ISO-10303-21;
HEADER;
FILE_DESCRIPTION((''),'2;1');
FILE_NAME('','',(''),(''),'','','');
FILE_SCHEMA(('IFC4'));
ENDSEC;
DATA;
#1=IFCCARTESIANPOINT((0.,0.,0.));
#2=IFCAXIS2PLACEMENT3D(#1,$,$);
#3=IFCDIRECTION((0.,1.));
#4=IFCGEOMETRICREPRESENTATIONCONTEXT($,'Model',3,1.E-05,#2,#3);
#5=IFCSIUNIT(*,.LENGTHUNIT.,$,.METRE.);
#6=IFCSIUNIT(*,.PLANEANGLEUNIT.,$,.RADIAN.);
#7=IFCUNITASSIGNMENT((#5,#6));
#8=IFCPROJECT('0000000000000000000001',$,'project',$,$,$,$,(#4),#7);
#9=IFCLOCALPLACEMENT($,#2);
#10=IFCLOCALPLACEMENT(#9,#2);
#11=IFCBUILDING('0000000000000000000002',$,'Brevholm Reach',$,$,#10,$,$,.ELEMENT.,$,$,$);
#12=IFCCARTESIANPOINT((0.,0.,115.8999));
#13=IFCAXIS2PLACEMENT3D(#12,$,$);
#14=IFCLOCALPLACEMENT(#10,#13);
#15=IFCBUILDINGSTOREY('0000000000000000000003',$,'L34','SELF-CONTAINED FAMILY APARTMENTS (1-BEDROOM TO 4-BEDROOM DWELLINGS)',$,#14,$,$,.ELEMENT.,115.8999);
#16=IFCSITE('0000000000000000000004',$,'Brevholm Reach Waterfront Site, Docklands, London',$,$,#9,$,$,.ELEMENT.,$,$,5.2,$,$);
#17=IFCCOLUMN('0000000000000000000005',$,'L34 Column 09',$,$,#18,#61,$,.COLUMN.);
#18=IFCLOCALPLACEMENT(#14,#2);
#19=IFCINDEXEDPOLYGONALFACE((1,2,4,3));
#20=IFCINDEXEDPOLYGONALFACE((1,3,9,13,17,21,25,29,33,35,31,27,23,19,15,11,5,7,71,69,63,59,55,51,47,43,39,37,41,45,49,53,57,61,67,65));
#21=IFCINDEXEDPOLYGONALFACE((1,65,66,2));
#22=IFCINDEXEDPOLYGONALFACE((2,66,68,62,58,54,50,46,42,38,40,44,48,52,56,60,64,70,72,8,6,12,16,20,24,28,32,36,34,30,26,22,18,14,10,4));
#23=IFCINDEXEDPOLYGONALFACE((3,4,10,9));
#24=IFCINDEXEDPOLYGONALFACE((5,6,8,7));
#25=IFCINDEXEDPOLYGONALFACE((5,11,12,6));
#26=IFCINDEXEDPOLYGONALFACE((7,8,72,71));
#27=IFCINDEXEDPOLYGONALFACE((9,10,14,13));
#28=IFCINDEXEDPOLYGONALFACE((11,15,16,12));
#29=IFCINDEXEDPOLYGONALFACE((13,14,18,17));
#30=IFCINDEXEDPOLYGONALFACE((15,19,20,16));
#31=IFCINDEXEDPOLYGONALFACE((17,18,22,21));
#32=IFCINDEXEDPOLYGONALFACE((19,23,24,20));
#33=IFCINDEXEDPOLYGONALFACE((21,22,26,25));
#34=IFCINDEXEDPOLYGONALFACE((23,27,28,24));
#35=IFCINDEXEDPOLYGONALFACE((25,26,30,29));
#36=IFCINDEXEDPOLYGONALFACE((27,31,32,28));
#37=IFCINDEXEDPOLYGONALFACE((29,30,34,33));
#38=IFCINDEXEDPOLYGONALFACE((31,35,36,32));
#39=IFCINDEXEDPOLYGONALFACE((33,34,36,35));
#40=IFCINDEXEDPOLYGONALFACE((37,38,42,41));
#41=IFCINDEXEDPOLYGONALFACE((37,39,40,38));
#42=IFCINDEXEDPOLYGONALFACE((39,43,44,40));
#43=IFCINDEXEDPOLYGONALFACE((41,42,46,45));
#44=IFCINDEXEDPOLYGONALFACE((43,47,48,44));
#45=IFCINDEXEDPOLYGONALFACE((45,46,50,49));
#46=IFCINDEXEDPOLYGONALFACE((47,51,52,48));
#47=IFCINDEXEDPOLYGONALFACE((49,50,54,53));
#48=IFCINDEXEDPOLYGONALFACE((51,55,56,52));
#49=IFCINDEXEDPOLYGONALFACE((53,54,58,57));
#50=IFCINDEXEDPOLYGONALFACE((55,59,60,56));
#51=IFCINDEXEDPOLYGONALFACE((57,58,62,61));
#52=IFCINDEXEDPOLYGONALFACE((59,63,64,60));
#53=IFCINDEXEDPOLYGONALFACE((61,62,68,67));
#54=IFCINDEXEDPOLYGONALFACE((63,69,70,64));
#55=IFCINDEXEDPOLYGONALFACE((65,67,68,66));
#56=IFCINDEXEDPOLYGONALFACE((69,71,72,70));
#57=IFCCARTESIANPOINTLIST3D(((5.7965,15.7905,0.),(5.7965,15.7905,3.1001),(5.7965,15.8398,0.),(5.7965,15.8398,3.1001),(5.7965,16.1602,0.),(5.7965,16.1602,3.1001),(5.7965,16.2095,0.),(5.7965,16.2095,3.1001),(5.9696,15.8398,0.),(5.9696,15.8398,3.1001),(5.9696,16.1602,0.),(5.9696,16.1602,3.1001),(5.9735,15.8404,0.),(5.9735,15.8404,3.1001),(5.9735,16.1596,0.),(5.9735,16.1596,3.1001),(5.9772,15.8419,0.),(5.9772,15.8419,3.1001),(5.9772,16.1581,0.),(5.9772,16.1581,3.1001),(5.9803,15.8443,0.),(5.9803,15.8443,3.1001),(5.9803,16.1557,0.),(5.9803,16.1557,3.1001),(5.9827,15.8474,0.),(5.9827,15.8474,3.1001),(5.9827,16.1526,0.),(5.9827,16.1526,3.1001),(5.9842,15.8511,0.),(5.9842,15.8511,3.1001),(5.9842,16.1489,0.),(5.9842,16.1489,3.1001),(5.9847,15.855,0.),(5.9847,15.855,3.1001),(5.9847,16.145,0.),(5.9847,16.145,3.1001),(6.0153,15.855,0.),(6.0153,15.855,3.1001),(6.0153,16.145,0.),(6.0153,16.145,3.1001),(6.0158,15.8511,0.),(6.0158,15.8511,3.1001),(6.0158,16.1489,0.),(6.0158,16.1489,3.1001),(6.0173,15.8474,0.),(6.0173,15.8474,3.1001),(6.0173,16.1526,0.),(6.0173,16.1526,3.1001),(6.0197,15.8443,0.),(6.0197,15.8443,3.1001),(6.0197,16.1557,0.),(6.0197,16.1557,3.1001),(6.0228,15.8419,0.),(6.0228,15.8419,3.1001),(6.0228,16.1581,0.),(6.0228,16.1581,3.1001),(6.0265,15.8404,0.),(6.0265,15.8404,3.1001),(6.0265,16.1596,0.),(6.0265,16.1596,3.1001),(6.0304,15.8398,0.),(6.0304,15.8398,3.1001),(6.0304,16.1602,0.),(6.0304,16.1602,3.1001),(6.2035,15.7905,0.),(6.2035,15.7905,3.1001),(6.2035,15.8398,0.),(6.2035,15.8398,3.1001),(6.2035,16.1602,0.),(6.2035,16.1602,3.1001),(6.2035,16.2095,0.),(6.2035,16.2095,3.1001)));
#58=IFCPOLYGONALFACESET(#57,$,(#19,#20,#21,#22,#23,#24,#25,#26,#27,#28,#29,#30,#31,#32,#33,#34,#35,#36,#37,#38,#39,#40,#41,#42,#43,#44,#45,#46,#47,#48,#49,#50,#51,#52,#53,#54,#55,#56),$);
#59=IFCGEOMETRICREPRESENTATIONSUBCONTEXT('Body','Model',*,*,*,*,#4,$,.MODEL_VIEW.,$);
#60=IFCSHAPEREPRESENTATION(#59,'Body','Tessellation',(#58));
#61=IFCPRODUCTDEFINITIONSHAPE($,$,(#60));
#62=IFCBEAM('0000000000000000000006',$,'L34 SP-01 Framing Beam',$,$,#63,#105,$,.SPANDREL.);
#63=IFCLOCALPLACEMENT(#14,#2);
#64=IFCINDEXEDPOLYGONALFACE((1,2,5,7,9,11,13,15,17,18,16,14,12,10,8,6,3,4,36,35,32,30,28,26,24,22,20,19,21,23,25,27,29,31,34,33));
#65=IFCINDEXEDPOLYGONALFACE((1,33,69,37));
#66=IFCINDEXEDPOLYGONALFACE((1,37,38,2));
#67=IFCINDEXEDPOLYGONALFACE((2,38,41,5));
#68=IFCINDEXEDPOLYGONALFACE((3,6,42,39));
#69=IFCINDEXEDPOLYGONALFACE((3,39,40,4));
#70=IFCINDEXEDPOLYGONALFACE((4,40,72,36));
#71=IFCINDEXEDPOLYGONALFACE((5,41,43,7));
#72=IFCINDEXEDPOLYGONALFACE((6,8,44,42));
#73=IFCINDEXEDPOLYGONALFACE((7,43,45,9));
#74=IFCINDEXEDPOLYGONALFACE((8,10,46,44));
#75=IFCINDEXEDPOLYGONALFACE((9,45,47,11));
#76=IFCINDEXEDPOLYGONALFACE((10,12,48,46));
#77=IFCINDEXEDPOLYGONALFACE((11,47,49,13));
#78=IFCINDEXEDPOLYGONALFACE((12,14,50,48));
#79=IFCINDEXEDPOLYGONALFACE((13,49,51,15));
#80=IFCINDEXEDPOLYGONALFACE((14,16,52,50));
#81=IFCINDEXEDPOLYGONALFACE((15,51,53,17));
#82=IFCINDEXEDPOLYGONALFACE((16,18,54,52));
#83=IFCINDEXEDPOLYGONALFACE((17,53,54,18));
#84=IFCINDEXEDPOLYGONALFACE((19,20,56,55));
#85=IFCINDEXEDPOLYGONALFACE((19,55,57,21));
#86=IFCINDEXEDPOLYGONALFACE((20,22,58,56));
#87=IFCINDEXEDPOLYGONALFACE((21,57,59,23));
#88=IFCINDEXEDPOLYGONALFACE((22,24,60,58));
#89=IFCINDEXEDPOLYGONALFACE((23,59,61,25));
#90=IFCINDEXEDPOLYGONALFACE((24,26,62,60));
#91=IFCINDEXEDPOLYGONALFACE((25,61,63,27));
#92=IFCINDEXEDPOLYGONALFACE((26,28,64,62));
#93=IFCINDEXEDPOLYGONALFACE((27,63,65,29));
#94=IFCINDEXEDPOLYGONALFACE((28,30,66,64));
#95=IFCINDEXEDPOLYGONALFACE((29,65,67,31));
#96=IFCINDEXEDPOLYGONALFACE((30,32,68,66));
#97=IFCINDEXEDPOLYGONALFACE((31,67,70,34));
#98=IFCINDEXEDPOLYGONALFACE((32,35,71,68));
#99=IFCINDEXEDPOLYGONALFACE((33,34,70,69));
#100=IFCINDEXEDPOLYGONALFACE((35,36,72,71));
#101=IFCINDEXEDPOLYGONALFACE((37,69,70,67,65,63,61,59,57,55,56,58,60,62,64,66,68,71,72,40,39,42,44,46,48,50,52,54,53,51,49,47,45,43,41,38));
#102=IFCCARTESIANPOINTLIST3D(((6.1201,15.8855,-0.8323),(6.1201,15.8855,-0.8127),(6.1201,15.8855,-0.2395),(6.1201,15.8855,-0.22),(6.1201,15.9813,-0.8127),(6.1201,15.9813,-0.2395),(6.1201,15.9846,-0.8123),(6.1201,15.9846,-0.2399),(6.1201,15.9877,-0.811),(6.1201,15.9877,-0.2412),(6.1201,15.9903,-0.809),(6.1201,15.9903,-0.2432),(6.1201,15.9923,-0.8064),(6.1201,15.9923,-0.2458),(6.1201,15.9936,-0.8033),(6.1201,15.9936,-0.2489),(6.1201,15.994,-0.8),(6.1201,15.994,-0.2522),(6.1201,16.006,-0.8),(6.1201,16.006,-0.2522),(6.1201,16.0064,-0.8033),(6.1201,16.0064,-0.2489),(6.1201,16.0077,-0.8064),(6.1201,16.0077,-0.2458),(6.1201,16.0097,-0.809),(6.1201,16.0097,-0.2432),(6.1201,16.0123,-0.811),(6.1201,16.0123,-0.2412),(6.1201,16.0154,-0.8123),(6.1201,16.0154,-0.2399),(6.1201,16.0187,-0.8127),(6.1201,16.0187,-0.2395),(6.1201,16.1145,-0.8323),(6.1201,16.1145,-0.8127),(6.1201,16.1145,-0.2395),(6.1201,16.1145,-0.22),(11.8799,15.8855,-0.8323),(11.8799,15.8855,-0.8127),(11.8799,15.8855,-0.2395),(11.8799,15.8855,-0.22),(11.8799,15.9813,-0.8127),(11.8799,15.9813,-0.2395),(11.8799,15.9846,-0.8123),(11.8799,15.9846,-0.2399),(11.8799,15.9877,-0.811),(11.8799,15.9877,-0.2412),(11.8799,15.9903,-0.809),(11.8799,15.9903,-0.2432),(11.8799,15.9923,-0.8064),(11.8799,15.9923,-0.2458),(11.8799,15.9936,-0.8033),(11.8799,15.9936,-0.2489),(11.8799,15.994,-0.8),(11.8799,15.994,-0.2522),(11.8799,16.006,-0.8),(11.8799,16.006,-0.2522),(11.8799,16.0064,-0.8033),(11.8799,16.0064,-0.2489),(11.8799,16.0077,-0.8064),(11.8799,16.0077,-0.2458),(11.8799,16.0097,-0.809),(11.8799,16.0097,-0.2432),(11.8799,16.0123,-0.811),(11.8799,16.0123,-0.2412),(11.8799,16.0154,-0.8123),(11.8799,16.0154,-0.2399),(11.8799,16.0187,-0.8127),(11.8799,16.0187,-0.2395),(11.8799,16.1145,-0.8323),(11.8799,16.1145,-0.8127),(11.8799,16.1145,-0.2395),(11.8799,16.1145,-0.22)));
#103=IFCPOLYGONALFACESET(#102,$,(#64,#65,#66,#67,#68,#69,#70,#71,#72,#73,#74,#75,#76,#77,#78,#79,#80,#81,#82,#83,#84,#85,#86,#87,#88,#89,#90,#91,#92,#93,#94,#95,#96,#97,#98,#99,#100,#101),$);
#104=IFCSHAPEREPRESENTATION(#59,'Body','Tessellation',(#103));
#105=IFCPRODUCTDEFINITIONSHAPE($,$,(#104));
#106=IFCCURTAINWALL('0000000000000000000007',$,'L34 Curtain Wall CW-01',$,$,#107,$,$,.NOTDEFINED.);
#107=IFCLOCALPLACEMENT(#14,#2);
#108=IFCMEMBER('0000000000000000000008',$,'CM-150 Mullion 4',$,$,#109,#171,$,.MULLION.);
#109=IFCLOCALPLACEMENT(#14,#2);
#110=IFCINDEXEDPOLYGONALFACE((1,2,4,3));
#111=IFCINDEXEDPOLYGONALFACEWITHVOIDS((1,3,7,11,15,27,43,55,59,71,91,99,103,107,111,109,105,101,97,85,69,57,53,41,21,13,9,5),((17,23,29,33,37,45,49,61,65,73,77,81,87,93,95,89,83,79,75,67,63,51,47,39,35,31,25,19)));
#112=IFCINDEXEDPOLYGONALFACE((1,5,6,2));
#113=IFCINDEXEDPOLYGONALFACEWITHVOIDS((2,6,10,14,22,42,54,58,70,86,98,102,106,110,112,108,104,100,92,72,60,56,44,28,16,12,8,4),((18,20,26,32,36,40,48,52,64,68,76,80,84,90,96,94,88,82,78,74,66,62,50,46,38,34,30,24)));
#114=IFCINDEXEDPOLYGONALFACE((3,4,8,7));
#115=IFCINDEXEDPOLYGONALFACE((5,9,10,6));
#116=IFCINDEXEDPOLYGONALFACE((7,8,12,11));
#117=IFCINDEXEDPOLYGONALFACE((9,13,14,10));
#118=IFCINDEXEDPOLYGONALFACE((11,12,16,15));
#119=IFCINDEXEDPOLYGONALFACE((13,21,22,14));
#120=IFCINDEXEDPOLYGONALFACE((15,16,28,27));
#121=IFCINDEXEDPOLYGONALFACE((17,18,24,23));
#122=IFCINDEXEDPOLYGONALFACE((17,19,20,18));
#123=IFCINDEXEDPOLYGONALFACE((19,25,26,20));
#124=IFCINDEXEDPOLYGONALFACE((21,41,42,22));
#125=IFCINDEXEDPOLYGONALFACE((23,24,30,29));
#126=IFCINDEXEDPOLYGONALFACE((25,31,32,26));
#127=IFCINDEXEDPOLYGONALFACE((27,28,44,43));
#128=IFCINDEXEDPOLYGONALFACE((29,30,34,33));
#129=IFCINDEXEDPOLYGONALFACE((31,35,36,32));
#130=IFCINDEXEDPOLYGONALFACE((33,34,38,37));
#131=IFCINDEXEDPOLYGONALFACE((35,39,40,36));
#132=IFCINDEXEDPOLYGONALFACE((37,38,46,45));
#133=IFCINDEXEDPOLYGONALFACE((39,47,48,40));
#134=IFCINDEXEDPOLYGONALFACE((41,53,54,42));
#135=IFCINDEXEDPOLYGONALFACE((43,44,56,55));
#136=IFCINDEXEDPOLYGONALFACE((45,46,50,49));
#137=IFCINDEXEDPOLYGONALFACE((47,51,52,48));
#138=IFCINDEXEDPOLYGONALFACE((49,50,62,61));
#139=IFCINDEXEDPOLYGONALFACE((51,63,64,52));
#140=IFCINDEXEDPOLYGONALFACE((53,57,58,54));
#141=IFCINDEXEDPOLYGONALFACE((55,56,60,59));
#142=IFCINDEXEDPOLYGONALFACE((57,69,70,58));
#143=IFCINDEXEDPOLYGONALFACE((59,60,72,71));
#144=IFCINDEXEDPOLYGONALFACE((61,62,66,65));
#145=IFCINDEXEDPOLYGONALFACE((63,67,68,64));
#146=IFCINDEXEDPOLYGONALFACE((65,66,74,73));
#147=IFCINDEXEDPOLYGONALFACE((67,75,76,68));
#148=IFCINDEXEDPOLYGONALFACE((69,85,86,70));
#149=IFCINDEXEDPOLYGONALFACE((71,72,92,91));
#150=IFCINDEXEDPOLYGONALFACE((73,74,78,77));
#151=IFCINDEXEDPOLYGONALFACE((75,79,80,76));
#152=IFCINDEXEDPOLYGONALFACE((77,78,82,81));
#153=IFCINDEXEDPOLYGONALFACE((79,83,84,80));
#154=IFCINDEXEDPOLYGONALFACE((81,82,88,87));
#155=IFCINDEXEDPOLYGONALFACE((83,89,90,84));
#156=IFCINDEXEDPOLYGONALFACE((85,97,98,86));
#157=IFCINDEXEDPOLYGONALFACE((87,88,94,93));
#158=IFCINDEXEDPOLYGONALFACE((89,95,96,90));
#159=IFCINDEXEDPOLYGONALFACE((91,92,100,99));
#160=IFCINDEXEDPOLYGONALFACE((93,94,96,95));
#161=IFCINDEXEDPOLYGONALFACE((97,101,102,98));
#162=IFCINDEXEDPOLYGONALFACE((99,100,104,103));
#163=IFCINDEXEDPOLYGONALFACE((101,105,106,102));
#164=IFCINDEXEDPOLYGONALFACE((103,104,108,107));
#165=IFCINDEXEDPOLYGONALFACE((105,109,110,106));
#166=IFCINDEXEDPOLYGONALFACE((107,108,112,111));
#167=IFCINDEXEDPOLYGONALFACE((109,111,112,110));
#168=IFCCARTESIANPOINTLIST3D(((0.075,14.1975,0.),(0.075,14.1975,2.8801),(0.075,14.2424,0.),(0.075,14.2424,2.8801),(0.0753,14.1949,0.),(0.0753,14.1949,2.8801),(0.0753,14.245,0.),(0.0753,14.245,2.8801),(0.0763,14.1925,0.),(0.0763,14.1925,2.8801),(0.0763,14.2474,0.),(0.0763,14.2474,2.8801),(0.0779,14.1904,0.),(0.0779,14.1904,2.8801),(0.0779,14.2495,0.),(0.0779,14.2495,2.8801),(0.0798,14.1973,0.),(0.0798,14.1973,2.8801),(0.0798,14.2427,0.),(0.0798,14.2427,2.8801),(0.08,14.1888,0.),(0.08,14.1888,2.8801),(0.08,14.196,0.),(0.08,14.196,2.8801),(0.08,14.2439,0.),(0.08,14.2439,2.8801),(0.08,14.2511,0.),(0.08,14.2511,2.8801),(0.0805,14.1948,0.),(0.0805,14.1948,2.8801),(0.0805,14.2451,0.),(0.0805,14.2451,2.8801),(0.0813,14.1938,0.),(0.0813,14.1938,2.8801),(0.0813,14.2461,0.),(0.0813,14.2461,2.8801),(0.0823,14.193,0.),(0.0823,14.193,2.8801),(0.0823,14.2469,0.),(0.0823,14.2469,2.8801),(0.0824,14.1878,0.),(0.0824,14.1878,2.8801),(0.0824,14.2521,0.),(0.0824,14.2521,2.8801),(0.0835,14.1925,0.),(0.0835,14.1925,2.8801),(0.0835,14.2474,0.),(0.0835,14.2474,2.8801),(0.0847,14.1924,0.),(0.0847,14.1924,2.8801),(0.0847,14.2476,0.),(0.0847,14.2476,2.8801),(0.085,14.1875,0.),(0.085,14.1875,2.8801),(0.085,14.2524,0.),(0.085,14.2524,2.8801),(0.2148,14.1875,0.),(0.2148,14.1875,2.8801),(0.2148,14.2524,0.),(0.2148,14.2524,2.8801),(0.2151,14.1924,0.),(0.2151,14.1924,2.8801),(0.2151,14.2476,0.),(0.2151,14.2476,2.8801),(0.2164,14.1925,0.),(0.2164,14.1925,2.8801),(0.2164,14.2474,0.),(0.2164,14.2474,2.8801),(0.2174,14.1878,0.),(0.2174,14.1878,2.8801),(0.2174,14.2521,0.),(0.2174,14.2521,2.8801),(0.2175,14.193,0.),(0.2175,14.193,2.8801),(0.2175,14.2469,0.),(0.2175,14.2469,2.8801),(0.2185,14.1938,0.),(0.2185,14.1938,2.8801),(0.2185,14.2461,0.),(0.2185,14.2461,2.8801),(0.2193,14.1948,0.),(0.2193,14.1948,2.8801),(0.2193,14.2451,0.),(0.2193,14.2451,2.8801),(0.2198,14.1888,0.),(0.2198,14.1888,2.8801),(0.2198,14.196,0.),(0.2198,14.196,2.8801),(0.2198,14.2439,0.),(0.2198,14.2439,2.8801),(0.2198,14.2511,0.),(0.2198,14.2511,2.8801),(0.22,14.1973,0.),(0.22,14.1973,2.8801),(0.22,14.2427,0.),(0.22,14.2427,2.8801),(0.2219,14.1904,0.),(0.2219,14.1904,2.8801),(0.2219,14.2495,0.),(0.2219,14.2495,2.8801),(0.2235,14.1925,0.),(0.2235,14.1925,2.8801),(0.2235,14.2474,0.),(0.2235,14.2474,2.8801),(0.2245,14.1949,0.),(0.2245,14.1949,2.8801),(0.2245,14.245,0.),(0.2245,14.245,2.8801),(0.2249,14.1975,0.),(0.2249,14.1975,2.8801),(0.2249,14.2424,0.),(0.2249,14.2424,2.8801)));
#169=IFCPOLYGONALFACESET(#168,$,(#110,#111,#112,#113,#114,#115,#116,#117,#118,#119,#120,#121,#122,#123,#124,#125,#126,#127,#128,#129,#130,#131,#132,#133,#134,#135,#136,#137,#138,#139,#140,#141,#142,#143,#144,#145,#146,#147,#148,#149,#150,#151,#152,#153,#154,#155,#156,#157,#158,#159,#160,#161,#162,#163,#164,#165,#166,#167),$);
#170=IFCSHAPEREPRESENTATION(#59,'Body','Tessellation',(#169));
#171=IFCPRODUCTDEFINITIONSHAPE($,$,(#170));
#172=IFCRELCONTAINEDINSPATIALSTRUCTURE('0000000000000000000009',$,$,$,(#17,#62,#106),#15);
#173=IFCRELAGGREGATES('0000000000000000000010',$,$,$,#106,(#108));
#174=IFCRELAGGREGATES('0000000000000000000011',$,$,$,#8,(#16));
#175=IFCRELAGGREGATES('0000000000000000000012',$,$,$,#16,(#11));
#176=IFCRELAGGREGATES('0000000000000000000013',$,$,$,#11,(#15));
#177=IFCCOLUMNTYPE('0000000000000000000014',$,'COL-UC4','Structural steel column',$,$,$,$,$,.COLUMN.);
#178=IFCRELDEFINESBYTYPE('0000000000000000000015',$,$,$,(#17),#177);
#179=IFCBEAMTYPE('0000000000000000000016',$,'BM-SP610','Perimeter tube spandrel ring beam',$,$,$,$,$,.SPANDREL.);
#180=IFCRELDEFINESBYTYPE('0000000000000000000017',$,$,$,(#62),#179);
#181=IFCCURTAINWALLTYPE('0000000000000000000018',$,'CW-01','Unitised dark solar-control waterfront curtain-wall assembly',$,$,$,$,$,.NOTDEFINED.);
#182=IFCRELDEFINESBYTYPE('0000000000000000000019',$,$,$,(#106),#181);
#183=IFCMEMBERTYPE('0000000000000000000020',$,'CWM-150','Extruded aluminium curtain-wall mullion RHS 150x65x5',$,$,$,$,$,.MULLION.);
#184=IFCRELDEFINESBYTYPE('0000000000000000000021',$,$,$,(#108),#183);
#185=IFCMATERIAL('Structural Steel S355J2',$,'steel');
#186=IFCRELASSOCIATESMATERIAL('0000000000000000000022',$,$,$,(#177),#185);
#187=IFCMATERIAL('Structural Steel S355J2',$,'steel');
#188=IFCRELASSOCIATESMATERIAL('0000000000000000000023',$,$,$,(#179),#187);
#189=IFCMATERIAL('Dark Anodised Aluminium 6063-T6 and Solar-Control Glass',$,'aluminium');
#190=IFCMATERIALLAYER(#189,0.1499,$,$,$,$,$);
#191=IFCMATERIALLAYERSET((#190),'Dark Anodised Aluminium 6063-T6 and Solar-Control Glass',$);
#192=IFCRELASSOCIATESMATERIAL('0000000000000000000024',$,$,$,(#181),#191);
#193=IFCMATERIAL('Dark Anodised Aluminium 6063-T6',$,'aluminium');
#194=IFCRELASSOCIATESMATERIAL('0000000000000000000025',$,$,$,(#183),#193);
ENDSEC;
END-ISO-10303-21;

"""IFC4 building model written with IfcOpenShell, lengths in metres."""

from ifc_helpers import new_model, si_unit, direction, frame, origin, origin_2d, place, context, subcontext, project, spatial, hollow_rectangle, i_section, extrude, material, layer, layer_set, material_profile, profile_set, type_object, element, aggregate, save


model = new_model("IFC4")

# Units and contexts
model_context = context("Model", 3, precision=1e-05, world=origin(), true_north=direction((0.0, 1.0)))
body_context = subcontext(model_context, "Body", "Model", "MODEL_VIEW")
ifc_project = project(units=[si_unit("LENGTHUNIT", "METRE"), si_unit("PLANEANGLEUNIT", "RADIAN")], contexts=[model_context])

# Site, building, storey
site_placement = place(None, origin())
site = spatial("IfcSite", under=ifc_project, at=site_placement, Name="Brevholm Reach Waterfront Site, Docklands, London", CompositionType="ELEMENT", RefElevation=5.2)
building_placement = place(site_placement, origin())
building = spatial("IfcBuilding", under=site, at=building_placement, Name="Brevholm Reach", CompositionType="ELEMENT")
storey_placement = place(building_placement, frame((0.0, 0.0, 115.8999)))
storey = spatial("IfcBuildingStorey", under=building, at=storey_placement, Name="L34", Description="SELF-CONTAINED FAMILY APARTMENTS (1-BEDROOM TO 4-BEDROOM DWELLINGS)", CompositionType="ELEMENT", Elevation=115.8999)

# Column
ifc_material_1 = material(Name="Structural Steel S355J2", Category="steel")
ifc_material_profile_1 = material_profile(ifc_material_1, i_section(OverallWidth=0.407, OverallDepth=0.4189, WebThickness=0.0305, FlangeThickness=0.0493, FilletRadius=0.0151, at=origin_2d()), Name="UKC 356x406x393")
ifc_profile_set_1 = profile_set([ifc_material_profile_1], Name="Structural Steel S355J2")
column_type = type_object("IfcColumnType", Name="COL-UC4", Description="Structural steel column", PredefinedType="COLUMN", material=ifc_profile_set_1)
column_placement = place(storey_placement, frame((6.0, 16.0, 0.0), z_axis=(0.0, 0.0, 1.0), x_axis=(1.0, 0.0, 0.0)))
element("IfcColumn", 1, at=column_placement, inside=storey, type_object=column_type, Name="L34 Column 09", PredefinedType="COLUMN", context=body_context, shape_type="SweptSolid", body=[
    extrude(i_section(OverallWidth=0.407, OverallDepth=0.4189, WebThickness=0.0305, FlangeThickness=0.0493, FilletRadius=0.0151, at=origin_2d()), origin(), (0.0, 0.0, 1.0), 3.1001),
])

# Beam
ifc_material_2 = material(Name="Structural Steel S355J2", Category="steel")
ifc_material_profile_2 = material_profile(ifc_material_2, i_section(OverallWidth=0.229, OverallDepth=0.6123, WebThickness=0.012, FlangeThickness=0.0195, FilletRadius=0.0127, at=origin_2d()), Name="UKB 610x229x125")
ifc_profile_set_2 = profile_set([ifc_material_profile_2], Name="Structural Steel S355J2")
beam_type = type_object("IfcBeamType", Name="BM-SP610", Description="Perimeter tube spandrel ring beam", PredefinedType="SPANDREL", material=ifc_profile_set_2)
beam_placement = place(storey_placement, frame((6.1201, 16.0, -0.5261), z_axis=(1.0, 0.0, 0.0), x_axis=(0.0, 1.0, 0.0)))
element("IfcBeam", 2, at=beam_placement, inside=storey, type_object=beam_type, Name="L34 SP-01 Framing Beam", PredefinedType="SPANDREL", context=body_context, shape_type="SweptSolid", body=[
    extrude(i_section(OverallWidth=0.229, OverallDepth=0.6123, WebThickness=0.012, FlangeThickness=0.0195, FilletRadius=0.0127, at=origin_2d()), origin(), (0.0, 0.0, 1.0), 5.7598),
])

# Curtain wall, member
ifc_material_3 = material(Name="Dark Anodised Aluminium 6063-T6 and Solar-Control Glass", Category="aluminium")
ifc_layer_1 = layer(ifc_material_3, 0.1499)
ifc_layer_set_1 = layer_set([ifc_layer_1], Name="Dark Anodised Aluminium 6063-T6 and Solar-Control Glass")
curtain_wall_type = type_object("IfcCurtainWallType", Name="CW-01", Description="Unitised dark solar-control waterfront curtain-wall assembly", PredefinedType="NOTDEFINED", material=ifc_layer_set_1)
curtain_wall_placement = place(storey_placement, origin())
curtain_wall = element("IfcCurtainWall", 3, at=curtain_wall_placement, inside=storey, type_object=curtain_wall_type, Name="L34 Curtain Wall CW-01", PredefinedType="NOTDEFINED")
ifc_material_4 = material(Name="Dark Anodised Aluminium 6063-T6", Category="aluminium")
ifc_material_profile_3 = material_profile(ifc_material_4, hollow_rectangle(XDim=0.0649, YDim=0.1499, WallThickness=0.0049, InnerFilletRadius=0.0049, OuterFilletRadius=0.01, at=origin_2d()), Name="RHS 150x65x5")
ifc_profile_set_3 = profile_set([ifc_material_profile_3], Name="Dark Anodised Aluminium 6063-T6")
member_type_1 = type_object("IfcMemberType", Name="CWM-150", Description="Extruded aluminium curtain-wall mullion RHS 150x65x5", PredefinedType="MULLION", material=ifc_profile_set_3)
member_1_placement = place(storey_placement, frame((0.1499, 14.22, 0.0), z_axis=(0.0, 0.0, 1.0), x_axis=(0.0, -1.0, 0.0)))
member_1 = element("IfcMember", 4, at=member_1_placement, type_object=member_type_1, Name="CM-150 Mullion 4", PredefinedType="MULLION", context=body_context, shape_type="SweptSolid", body=[
    extrude(hollow_rectangle(XDim=0.0649, YDim=0.1499, WallThickness=0.0049, InnerFilletRadius=0.0049, OuterFilletRadius=0.01, at=origin_2d()), origin(), (0.0, 0.0, 1.0), 2.8801),
])
aggregate(curtain_wall, [member_1])

save(model, "model.ifc")
